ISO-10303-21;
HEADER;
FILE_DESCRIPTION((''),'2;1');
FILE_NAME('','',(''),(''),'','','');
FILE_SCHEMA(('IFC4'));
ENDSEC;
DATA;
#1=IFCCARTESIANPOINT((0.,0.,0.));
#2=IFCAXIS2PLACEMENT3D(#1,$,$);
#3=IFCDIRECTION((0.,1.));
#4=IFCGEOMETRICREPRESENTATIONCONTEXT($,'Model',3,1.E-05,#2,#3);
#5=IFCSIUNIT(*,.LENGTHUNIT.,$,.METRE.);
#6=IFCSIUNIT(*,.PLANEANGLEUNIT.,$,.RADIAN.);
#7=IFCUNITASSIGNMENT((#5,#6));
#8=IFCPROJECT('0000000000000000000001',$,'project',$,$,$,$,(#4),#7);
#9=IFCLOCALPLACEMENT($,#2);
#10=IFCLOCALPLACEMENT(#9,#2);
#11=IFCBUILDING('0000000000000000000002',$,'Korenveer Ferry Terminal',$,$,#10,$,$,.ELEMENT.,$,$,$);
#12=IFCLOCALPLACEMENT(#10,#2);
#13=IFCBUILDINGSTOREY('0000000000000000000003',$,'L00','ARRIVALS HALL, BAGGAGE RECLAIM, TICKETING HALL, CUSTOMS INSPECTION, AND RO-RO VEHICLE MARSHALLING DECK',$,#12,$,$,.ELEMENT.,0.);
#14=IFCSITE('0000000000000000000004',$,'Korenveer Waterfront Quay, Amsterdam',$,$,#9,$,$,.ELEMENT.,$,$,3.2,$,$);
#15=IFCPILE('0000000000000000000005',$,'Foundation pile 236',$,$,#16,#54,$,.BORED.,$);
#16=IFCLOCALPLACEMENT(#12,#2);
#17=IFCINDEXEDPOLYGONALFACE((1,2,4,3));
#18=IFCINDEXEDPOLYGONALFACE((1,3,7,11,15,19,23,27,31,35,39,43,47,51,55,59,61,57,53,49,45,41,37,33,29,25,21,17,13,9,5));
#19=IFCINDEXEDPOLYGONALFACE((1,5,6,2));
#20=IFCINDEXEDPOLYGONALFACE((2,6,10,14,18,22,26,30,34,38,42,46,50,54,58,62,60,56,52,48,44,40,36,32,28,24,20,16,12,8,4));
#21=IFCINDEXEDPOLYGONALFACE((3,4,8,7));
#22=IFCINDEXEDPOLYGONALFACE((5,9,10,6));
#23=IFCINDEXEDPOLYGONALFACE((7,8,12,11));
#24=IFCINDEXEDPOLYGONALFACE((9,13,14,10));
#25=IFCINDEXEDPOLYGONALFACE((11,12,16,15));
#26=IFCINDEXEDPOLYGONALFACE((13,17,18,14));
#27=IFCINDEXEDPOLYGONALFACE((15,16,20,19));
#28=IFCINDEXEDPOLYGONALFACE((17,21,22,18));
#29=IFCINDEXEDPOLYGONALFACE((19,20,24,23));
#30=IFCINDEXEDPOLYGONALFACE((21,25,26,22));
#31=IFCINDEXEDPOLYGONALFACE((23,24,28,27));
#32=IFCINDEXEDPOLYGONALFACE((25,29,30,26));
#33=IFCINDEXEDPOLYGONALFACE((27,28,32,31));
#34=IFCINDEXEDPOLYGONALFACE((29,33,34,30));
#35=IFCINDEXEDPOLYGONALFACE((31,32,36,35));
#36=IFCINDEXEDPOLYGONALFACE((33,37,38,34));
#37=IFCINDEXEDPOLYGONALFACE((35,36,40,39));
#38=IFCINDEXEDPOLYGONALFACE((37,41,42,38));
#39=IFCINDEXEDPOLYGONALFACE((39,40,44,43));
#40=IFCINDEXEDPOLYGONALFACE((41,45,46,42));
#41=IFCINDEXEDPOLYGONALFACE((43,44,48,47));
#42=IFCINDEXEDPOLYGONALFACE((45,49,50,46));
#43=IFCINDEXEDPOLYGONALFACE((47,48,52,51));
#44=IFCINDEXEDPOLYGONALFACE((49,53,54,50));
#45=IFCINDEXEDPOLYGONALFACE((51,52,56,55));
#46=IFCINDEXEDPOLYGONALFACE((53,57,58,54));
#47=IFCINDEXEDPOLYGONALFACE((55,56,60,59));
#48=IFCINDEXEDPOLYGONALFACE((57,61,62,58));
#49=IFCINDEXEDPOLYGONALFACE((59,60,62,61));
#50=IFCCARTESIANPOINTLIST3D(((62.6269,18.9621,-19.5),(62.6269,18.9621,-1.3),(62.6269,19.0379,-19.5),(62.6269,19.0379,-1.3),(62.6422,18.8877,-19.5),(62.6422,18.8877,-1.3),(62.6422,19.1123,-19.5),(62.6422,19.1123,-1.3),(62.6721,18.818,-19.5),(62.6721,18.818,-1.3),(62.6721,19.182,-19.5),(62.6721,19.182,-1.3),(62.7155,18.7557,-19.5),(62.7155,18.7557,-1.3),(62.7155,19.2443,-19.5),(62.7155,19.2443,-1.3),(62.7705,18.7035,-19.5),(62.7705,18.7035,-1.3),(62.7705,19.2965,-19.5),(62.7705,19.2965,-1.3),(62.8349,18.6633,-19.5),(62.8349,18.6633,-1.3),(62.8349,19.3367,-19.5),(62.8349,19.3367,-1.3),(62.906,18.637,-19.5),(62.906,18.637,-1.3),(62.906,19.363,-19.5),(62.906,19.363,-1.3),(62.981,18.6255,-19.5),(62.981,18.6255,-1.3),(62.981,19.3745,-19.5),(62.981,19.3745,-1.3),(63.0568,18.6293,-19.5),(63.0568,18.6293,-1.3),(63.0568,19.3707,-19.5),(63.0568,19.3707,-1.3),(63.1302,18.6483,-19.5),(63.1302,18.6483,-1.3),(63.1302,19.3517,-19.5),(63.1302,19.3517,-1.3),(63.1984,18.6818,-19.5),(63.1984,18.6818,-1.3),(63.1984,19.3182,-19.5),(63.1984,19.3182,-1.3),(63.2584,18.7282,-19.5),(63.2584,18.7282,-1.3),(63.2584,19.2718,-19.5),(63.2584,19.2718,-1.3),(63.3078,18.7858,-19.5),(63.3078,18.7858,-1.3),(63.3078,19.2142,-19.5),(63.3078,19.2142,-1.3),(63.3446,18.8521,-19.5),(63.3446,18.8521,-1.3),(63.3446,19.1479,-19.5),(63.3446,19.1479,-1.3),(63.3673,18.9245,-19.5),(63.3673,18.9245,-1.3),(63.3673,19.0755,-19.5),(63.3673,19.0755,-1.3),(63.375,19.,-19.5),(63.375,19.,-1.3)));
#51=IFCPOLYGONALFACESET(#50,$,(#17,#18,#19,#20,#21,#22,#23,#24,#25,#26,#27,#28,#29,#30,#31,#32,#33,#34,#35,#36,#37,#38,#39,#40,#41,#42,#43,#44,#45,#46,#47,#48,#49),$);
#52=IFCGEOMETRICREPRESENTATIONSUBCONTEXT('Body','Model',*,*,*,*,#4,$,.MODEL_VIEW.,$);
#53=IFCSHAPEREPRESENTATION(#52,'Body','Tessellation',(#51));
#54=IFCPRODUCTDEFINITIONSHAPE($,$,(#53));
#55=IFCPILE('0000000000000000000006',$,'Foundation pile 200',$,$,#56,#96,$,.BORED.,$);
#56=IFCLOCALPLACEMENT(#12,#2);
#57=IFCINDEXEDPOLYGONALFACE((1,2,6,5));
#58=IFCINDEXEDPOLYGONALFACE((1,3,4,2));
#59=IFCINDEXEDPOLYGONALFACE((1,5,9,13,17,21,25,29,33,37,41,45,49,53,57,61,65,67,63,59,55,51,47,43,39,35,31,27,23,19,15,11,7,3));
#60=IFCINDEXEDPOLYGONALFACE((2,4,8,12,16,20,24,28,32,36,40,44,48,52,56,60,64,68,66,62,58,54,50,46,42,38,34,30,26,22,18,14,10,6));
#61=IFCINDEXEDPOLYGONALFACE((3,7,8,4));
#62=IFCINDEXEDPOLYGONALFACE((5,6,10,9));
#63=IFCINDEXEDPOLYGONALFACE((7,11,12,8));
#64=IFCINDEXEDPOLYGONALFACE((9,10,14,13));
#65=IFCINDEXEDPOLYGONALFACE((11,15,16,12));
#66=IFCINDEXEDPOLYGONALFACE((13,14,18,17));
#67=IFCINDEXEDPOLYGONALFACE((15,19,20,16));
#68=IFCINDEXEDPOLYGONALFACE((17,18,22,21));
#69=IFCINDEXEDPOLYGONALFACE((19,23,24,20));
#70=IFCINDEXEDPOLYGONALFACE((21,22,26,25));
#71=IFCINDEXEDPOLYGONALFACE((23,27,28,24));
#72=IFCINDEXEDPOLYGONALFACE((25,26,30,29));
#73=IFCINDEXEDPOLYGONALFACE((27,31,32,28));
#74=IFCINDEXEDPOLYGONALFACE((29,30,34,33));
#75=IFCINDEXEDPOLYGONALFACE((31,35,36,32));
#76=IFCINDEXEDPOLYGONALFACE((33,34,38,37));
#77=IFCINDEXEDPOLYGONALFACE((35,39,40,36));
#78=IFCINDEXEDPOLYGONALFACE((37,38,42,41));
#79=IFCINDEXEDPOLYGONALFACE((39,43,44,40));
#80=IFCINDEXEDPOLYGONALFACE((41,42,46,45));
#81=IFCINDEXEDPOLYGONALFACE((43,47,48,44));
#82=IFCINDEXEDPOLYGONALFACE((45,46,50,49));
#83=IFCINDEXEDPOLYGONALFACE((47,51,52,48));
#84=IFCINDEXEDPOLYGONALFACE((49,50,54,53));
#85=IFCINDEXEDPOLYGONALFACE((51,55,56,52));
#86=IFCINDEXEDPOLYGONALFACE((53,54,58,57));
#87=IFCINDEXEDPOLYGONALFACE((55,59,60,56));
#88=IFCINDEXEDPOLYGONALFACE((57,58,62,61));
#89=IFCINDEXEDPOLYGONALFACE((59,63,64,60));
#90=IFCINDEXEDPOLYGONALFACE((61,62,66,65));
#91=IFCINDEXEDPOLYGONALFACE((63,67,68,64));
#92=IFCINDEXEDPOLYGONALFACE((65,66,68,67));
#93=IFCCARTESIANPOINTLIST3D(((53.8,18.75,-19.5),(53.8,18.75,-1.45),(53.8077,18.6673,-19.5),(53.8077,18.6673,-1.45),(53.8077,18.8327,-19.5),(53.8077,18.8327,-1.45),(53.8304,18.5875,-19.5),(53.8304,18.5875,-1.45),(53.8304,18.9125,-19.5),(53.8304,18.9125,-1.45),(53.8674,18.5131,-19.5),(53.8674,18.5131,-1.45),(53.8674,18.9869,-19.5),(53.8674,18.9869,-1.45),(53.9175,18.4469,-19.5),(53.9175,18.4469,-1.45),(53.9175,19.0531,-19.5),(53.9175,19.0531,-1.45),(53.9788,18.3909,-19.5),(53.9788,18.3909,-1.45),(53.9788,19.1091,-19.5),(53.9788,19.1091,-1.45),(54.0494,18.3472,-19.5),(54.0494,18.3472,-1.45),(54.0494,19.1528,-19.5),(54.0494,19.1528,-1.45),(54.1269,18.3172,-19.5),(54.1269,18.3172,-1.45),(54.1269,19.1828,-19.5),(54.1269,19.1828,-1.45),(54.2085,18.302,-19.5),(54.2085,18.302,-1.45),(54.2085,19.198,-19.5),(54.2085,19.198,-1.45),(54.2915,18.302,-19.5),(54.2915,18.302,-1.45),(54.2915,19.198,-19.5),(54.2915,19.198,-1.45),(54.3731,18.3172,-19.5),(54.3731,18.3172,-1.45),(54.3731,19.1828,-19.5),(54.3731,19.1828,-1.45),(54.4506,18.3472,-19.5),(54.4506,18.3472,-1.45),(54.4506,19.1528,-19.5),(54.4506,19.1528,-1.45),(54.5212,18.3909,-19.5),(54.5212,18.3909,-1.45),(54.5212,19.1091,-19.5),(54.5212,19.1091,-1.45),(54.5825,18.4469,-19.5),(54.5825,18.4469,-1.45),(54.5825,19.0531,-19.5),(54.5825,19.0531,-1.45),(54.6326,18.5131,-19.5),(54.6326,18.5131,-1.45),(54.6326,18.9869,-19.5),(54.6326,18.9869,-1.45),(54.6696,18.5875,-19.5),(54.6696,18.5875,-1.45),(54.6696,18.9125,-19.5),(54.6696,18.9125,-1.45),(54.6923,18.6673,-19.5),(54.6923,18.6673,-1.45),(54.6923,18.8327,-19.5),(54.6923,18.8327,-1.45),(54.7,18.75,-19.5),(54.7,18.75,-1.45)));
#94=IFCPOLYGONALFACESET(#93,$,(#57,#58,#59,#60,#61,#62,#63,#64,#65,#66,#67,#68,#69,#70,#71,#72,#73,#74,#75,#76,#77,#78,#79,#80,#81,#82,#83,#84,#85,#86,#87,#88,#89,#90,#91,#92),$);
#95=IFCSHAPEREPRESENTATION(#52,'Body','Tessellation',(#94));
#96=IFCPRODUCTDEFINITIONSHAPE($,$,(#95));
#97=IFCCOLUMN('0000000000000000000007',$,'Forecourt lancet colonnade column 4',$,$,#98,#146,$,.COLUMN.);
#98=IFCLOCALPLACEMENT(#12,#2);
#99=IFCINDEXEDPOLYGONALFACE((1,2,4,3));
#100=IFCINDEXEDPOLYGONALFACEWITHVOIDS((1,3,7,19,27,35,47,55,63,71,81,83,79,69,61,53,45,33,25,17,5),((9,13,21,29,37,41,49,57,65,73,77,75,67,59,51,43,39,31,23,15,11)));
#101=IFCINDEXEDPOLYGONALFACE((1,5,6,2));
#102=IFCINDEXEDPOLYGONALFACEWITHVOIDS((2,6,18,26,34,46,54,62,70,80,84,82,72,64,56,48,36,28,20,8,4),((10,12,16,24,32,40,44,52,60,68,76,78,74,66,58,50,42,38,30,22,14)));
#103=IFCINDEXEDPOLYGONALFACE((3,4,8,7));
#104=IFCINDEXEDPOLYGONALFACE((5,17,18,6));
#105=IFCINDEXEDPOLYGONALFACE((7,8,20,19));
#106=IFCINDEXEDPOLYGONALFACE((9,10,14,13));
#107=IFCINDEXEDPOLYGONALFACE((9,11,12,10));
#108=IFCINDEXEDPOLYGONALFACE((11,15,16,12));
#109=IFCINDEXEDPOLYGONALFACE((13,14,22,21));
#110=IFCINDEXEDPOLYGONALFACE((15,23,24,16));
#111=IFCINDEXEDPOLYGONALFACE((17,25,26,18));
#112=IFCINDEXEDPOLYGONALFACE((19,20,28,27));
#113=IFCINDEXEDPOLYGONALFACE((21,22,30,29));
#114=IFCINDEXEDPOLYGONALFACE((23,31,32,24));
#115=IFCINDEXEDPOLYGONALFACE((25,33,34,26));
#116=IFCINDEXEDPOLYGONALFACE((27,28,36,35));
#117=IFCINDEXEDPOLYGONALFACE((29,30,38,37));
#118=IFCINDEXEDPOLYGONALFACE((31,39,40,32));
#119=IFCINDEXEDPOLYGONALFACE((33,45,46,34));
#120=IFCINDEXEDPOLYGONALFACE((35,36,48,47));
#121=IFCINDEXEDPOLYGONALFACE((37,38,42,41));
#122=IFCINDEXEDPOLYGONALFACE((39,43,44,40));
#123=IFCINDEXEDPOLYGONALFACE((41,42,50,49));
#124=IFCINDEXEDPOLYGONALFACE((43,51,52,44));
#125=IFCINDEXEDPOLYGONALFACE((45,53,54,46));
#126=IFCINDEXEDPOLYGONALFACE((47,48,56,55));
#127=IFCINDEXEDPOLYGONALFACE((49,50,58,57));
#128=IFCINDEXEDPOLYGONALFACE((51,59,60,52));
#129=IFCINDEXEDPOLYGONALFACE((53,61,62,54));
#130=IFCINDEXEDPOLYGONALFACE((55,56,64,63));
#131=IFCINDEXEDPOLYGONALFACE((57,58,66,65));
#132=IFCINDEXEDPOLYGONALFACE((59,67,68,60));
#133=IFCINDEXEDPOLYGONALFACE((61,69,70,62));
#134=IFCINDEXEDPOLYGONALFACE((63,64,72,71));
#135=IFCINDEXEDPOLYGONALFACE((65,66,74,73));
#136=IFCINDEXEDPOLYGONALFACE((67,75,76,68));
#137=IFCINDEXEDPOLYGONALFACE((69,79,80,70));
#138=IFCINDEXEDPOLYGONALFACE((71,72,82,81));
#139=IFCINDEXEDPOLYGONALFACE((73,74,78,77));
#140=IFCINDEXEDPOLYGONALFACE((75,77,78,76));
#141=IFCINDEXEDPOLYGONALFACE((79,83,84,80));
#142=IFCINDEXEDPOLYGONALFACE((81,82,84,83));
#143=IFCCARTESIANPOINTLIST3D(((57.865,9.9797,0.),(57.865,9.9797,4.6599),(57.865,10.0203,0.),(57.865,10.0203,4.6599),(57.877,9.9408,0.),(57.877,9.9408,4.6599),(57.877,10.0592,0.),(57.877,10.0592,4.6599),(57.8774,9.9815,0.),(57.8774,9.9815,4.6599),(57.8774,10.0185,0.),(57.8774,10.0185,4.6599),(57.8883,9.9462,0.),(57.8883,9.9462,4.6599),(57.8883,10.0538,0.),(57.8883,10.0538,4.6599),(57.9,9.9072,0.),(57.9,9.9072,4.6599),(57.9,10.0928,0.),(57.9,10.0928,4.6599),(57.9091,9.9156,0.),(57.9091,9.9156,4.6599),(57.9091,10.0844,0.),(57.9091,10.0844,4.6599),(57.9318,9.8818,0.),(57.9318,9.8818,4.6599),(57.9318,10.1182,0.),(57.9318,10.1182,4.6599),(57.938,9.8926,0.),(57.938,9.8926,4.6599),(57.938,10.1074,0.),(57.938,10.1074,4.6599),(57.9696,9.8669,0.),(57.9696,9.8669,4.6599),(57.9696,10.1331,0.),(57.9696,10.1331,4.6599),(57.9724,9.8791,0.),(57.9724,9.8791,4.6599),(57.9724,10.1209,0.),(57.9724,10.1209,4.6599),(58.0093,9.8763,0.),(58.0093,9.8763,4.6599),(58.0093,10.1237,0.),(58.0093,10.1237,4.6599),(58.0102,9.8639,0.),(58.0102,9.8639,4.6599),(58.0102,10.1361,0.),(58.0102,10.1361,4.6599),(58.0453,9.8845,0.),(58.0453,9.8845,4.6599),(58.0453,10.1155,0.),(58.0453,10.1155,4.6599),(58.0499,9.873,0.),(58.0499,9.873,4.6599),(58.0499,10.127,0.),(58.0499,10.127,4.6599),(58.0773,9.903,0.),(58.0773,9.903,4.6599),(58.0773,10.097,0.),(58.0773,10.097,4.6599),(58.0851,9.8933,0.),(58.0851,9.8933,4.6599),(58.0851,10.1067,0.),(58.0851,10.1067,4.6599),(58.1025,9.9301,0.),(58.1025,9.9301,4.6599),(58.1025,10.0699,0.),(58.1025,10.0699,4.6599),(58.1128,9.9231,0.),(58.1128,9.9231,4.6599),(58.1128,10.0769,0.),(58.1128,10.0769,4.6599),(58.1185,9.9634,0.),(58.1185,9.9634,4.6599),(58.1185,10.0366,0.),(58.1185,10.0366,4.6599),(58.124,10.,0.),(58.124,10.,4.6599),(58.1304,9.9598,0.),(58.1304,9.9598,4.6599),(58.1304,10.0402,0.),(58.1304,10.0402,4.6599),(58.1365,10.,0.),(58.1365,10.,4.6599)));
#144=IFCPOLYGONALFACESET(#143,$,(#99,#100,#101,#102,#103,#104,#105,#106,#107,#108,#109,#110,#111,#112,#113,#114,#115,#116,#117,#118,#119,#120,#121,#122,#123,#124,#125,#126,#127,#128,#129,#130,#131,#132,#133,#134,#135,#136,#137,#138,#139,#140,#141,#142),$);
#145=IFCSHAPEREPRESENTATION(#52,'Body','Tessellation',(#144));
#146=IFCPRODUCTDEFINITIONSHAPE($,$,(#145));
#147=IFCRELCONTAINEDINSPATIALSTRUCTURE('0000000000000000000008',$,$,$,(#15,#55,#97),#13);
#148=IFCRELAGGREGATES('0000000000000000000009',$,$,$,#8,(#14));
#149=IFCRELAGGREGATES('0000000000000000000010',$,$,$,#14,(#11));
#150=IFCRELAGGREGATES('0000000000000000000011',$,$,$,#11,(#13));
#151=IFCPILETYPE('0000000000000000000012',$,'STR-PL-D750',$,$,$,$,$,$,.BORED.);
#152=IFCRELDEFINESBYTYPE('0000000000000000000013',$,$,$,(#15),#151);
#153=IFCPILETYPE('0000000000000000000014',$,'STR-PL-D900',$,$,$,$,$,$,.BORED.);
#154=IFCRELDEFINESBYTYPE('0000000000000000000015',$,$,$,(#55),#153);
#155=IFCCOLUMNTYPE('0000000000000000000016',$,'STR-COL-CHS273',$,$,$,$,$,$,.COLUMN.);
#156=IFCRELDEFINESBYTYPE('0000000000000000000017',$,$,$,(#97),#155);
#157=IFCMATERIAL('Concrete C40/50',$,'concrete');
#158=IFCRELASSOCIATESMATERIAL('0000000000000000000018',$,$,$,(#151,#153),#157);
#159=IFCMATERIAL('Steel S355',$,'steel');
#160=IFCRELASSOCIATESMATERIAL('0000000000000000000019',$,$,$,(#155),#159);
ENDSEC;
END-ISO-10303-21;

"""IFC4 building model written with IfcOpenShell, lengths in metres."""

from ifc_helpers import new_model, si_unit, direction, frame, origin, origin_2d, place, context, subcontext, project, spatial, circle, hollow_circle, extrude, material, material_profile, profile_set, type_object, element, save


model = new_model("IFC4")

# Units and contexts
model_context = context("Model", 3, precision=1e-05, world=origin(), true_north=direction((0.0, 1.0)))
body_context = subcontext(model_context, "Body", "Model", "MODEL_VIEW")
ifc_project = project(units=[si_unit("LENGTHUNIT", "METRE"), si_unit("PLANEANGLEUNIT", "RADIAN")], contexts=[model_context])

# Site, building, storey
site_placement = place(None, origin())
site = spatial("IfcSite", under=ifc_project, at=site_placement, Name="Korenveer Waterfront Quay, Amsterdam", CompositionType="ELEMENT", RefElevation=3.2)
building_placement = place(site_placement, origin())
building = spatial("IfcBuilding", under=site, at=building_placement, Name="Korenveer Ferry Terminal", CompositionType="ELEMENT")
storey_placement = place(building_placement, origin())
storey = spatial("IfcBuildingStorey", under=building, at=storey_placement, Name="L00", Description="ARRIVALS HALL, BAGGAGE RECLAIM, TICKETING HALL, CUSTOMS INSPECTION, AND RO-RO VEHICLE MARSHALLING DECK", CompositionType="ELEMENT", Elevation=0.0)

# Shared definitions
ifc_material_1 = material(Name="Concrete C40/50", Category="concrete")

# Piles
ifc_material_profile_1 = material_profile(ifc_material_1, circle(Radius=0.375, at=origin_2d()), Name="PILE D750")
ifc_profile_set_1 = profile_set([ifc_material_profile_1], Name="Concrete C40/50")
pile_type_1 = type_object("IfcPileType", Name="STR-PL-D750", PredefinedType="BORED", material=ifc_profile_set_1)
pile_1_placement = place(storey_placement, frame((63.0, 19.0, -1.3), z_axis=(0.0, 0.0, -1.0), x_axis=(1.0, 0.0, 0.0)))
element("IfcPile", 1, at=pile_1_placement, inside=storey, type_object=pile_type_1, Name="Foundation pile 236", PredefinedType="BORED", context=body_context, shape_type="SweptSolid", body=[
    extrude(circle(Radius=0.375, at=origin_2d()), origin(), (0.0, 0.0, 1.0), 18.2),
])
ifc_material_profile_2 = material_profile(ifc_material_1, circle(Radius=0.45, at=origin_2d()), Name="PILE D900")
ifc_profile_set_2 = profile_set([ifc_material_profile_2], Name="Concrete C40/50")
pile_type_2 = type_object("IfcPileType", Name="STR-PL-D900", PredefinedType="BORED", material=ifc_profile_set_2)
pile_2_placement = place(storey_placement, frame((54.25, 18.75, -1.45), z_axis=(0.0, 0.0, -1.0), x_axis=(1.0, 0.0, 0.0)))
element("IfcPile", 2, at=pile_2_placement, inside=storey, type_object=pile_type_2, Name="Foundation pile 200", PredefinedType="BORED", context=body_context, shape_type="SweptSolid", body=[
    extrude(circle(Radius=0.45, at=origin_2d()), origin(), (0.0, 0.0, 1.0), 18.05),
])

# Column
ifc_material_2 = material(Name="Steel S355", Category="steel")
ifc_material_profile_3 = material_profile(ifc_material_2, hollow_circle(Radius=0.1365, WallThickness=0.0125, at=origin_2d()), Name="CHS 273x12.5")
ifc_profile_set_3 = profile_set([ifc_material_profile_3], Name="Steel S355")
column_type_1 = type_object("IfcColumnType", Name="STR-COL-CHS273", PredefinedType="COLUMN", material=ifc_profile_set_3)
column_1_placement = place(storey_placement, frame((58.0, 10.0, 0.0), z_axis=(0.0, 0.0, 1.0), x_axis=(1.0, 0.0, 0.0)))
element("IfcColumn", 3, at=column_1_placement, inside=storey, type_object=column_type_1, Name="Forecourt lancet colonnade column 4", PredefinedType="COLUMN", context=body_context, shape_type="SweptSolid", body=[
    extrude(hollow_circle(Radius=0.1365, WallThickness=0.0125, at=origin_2d()), origin(), (0.0, 0.0, 1.0), 4.6599),
])

save(model, "model.ifc")
